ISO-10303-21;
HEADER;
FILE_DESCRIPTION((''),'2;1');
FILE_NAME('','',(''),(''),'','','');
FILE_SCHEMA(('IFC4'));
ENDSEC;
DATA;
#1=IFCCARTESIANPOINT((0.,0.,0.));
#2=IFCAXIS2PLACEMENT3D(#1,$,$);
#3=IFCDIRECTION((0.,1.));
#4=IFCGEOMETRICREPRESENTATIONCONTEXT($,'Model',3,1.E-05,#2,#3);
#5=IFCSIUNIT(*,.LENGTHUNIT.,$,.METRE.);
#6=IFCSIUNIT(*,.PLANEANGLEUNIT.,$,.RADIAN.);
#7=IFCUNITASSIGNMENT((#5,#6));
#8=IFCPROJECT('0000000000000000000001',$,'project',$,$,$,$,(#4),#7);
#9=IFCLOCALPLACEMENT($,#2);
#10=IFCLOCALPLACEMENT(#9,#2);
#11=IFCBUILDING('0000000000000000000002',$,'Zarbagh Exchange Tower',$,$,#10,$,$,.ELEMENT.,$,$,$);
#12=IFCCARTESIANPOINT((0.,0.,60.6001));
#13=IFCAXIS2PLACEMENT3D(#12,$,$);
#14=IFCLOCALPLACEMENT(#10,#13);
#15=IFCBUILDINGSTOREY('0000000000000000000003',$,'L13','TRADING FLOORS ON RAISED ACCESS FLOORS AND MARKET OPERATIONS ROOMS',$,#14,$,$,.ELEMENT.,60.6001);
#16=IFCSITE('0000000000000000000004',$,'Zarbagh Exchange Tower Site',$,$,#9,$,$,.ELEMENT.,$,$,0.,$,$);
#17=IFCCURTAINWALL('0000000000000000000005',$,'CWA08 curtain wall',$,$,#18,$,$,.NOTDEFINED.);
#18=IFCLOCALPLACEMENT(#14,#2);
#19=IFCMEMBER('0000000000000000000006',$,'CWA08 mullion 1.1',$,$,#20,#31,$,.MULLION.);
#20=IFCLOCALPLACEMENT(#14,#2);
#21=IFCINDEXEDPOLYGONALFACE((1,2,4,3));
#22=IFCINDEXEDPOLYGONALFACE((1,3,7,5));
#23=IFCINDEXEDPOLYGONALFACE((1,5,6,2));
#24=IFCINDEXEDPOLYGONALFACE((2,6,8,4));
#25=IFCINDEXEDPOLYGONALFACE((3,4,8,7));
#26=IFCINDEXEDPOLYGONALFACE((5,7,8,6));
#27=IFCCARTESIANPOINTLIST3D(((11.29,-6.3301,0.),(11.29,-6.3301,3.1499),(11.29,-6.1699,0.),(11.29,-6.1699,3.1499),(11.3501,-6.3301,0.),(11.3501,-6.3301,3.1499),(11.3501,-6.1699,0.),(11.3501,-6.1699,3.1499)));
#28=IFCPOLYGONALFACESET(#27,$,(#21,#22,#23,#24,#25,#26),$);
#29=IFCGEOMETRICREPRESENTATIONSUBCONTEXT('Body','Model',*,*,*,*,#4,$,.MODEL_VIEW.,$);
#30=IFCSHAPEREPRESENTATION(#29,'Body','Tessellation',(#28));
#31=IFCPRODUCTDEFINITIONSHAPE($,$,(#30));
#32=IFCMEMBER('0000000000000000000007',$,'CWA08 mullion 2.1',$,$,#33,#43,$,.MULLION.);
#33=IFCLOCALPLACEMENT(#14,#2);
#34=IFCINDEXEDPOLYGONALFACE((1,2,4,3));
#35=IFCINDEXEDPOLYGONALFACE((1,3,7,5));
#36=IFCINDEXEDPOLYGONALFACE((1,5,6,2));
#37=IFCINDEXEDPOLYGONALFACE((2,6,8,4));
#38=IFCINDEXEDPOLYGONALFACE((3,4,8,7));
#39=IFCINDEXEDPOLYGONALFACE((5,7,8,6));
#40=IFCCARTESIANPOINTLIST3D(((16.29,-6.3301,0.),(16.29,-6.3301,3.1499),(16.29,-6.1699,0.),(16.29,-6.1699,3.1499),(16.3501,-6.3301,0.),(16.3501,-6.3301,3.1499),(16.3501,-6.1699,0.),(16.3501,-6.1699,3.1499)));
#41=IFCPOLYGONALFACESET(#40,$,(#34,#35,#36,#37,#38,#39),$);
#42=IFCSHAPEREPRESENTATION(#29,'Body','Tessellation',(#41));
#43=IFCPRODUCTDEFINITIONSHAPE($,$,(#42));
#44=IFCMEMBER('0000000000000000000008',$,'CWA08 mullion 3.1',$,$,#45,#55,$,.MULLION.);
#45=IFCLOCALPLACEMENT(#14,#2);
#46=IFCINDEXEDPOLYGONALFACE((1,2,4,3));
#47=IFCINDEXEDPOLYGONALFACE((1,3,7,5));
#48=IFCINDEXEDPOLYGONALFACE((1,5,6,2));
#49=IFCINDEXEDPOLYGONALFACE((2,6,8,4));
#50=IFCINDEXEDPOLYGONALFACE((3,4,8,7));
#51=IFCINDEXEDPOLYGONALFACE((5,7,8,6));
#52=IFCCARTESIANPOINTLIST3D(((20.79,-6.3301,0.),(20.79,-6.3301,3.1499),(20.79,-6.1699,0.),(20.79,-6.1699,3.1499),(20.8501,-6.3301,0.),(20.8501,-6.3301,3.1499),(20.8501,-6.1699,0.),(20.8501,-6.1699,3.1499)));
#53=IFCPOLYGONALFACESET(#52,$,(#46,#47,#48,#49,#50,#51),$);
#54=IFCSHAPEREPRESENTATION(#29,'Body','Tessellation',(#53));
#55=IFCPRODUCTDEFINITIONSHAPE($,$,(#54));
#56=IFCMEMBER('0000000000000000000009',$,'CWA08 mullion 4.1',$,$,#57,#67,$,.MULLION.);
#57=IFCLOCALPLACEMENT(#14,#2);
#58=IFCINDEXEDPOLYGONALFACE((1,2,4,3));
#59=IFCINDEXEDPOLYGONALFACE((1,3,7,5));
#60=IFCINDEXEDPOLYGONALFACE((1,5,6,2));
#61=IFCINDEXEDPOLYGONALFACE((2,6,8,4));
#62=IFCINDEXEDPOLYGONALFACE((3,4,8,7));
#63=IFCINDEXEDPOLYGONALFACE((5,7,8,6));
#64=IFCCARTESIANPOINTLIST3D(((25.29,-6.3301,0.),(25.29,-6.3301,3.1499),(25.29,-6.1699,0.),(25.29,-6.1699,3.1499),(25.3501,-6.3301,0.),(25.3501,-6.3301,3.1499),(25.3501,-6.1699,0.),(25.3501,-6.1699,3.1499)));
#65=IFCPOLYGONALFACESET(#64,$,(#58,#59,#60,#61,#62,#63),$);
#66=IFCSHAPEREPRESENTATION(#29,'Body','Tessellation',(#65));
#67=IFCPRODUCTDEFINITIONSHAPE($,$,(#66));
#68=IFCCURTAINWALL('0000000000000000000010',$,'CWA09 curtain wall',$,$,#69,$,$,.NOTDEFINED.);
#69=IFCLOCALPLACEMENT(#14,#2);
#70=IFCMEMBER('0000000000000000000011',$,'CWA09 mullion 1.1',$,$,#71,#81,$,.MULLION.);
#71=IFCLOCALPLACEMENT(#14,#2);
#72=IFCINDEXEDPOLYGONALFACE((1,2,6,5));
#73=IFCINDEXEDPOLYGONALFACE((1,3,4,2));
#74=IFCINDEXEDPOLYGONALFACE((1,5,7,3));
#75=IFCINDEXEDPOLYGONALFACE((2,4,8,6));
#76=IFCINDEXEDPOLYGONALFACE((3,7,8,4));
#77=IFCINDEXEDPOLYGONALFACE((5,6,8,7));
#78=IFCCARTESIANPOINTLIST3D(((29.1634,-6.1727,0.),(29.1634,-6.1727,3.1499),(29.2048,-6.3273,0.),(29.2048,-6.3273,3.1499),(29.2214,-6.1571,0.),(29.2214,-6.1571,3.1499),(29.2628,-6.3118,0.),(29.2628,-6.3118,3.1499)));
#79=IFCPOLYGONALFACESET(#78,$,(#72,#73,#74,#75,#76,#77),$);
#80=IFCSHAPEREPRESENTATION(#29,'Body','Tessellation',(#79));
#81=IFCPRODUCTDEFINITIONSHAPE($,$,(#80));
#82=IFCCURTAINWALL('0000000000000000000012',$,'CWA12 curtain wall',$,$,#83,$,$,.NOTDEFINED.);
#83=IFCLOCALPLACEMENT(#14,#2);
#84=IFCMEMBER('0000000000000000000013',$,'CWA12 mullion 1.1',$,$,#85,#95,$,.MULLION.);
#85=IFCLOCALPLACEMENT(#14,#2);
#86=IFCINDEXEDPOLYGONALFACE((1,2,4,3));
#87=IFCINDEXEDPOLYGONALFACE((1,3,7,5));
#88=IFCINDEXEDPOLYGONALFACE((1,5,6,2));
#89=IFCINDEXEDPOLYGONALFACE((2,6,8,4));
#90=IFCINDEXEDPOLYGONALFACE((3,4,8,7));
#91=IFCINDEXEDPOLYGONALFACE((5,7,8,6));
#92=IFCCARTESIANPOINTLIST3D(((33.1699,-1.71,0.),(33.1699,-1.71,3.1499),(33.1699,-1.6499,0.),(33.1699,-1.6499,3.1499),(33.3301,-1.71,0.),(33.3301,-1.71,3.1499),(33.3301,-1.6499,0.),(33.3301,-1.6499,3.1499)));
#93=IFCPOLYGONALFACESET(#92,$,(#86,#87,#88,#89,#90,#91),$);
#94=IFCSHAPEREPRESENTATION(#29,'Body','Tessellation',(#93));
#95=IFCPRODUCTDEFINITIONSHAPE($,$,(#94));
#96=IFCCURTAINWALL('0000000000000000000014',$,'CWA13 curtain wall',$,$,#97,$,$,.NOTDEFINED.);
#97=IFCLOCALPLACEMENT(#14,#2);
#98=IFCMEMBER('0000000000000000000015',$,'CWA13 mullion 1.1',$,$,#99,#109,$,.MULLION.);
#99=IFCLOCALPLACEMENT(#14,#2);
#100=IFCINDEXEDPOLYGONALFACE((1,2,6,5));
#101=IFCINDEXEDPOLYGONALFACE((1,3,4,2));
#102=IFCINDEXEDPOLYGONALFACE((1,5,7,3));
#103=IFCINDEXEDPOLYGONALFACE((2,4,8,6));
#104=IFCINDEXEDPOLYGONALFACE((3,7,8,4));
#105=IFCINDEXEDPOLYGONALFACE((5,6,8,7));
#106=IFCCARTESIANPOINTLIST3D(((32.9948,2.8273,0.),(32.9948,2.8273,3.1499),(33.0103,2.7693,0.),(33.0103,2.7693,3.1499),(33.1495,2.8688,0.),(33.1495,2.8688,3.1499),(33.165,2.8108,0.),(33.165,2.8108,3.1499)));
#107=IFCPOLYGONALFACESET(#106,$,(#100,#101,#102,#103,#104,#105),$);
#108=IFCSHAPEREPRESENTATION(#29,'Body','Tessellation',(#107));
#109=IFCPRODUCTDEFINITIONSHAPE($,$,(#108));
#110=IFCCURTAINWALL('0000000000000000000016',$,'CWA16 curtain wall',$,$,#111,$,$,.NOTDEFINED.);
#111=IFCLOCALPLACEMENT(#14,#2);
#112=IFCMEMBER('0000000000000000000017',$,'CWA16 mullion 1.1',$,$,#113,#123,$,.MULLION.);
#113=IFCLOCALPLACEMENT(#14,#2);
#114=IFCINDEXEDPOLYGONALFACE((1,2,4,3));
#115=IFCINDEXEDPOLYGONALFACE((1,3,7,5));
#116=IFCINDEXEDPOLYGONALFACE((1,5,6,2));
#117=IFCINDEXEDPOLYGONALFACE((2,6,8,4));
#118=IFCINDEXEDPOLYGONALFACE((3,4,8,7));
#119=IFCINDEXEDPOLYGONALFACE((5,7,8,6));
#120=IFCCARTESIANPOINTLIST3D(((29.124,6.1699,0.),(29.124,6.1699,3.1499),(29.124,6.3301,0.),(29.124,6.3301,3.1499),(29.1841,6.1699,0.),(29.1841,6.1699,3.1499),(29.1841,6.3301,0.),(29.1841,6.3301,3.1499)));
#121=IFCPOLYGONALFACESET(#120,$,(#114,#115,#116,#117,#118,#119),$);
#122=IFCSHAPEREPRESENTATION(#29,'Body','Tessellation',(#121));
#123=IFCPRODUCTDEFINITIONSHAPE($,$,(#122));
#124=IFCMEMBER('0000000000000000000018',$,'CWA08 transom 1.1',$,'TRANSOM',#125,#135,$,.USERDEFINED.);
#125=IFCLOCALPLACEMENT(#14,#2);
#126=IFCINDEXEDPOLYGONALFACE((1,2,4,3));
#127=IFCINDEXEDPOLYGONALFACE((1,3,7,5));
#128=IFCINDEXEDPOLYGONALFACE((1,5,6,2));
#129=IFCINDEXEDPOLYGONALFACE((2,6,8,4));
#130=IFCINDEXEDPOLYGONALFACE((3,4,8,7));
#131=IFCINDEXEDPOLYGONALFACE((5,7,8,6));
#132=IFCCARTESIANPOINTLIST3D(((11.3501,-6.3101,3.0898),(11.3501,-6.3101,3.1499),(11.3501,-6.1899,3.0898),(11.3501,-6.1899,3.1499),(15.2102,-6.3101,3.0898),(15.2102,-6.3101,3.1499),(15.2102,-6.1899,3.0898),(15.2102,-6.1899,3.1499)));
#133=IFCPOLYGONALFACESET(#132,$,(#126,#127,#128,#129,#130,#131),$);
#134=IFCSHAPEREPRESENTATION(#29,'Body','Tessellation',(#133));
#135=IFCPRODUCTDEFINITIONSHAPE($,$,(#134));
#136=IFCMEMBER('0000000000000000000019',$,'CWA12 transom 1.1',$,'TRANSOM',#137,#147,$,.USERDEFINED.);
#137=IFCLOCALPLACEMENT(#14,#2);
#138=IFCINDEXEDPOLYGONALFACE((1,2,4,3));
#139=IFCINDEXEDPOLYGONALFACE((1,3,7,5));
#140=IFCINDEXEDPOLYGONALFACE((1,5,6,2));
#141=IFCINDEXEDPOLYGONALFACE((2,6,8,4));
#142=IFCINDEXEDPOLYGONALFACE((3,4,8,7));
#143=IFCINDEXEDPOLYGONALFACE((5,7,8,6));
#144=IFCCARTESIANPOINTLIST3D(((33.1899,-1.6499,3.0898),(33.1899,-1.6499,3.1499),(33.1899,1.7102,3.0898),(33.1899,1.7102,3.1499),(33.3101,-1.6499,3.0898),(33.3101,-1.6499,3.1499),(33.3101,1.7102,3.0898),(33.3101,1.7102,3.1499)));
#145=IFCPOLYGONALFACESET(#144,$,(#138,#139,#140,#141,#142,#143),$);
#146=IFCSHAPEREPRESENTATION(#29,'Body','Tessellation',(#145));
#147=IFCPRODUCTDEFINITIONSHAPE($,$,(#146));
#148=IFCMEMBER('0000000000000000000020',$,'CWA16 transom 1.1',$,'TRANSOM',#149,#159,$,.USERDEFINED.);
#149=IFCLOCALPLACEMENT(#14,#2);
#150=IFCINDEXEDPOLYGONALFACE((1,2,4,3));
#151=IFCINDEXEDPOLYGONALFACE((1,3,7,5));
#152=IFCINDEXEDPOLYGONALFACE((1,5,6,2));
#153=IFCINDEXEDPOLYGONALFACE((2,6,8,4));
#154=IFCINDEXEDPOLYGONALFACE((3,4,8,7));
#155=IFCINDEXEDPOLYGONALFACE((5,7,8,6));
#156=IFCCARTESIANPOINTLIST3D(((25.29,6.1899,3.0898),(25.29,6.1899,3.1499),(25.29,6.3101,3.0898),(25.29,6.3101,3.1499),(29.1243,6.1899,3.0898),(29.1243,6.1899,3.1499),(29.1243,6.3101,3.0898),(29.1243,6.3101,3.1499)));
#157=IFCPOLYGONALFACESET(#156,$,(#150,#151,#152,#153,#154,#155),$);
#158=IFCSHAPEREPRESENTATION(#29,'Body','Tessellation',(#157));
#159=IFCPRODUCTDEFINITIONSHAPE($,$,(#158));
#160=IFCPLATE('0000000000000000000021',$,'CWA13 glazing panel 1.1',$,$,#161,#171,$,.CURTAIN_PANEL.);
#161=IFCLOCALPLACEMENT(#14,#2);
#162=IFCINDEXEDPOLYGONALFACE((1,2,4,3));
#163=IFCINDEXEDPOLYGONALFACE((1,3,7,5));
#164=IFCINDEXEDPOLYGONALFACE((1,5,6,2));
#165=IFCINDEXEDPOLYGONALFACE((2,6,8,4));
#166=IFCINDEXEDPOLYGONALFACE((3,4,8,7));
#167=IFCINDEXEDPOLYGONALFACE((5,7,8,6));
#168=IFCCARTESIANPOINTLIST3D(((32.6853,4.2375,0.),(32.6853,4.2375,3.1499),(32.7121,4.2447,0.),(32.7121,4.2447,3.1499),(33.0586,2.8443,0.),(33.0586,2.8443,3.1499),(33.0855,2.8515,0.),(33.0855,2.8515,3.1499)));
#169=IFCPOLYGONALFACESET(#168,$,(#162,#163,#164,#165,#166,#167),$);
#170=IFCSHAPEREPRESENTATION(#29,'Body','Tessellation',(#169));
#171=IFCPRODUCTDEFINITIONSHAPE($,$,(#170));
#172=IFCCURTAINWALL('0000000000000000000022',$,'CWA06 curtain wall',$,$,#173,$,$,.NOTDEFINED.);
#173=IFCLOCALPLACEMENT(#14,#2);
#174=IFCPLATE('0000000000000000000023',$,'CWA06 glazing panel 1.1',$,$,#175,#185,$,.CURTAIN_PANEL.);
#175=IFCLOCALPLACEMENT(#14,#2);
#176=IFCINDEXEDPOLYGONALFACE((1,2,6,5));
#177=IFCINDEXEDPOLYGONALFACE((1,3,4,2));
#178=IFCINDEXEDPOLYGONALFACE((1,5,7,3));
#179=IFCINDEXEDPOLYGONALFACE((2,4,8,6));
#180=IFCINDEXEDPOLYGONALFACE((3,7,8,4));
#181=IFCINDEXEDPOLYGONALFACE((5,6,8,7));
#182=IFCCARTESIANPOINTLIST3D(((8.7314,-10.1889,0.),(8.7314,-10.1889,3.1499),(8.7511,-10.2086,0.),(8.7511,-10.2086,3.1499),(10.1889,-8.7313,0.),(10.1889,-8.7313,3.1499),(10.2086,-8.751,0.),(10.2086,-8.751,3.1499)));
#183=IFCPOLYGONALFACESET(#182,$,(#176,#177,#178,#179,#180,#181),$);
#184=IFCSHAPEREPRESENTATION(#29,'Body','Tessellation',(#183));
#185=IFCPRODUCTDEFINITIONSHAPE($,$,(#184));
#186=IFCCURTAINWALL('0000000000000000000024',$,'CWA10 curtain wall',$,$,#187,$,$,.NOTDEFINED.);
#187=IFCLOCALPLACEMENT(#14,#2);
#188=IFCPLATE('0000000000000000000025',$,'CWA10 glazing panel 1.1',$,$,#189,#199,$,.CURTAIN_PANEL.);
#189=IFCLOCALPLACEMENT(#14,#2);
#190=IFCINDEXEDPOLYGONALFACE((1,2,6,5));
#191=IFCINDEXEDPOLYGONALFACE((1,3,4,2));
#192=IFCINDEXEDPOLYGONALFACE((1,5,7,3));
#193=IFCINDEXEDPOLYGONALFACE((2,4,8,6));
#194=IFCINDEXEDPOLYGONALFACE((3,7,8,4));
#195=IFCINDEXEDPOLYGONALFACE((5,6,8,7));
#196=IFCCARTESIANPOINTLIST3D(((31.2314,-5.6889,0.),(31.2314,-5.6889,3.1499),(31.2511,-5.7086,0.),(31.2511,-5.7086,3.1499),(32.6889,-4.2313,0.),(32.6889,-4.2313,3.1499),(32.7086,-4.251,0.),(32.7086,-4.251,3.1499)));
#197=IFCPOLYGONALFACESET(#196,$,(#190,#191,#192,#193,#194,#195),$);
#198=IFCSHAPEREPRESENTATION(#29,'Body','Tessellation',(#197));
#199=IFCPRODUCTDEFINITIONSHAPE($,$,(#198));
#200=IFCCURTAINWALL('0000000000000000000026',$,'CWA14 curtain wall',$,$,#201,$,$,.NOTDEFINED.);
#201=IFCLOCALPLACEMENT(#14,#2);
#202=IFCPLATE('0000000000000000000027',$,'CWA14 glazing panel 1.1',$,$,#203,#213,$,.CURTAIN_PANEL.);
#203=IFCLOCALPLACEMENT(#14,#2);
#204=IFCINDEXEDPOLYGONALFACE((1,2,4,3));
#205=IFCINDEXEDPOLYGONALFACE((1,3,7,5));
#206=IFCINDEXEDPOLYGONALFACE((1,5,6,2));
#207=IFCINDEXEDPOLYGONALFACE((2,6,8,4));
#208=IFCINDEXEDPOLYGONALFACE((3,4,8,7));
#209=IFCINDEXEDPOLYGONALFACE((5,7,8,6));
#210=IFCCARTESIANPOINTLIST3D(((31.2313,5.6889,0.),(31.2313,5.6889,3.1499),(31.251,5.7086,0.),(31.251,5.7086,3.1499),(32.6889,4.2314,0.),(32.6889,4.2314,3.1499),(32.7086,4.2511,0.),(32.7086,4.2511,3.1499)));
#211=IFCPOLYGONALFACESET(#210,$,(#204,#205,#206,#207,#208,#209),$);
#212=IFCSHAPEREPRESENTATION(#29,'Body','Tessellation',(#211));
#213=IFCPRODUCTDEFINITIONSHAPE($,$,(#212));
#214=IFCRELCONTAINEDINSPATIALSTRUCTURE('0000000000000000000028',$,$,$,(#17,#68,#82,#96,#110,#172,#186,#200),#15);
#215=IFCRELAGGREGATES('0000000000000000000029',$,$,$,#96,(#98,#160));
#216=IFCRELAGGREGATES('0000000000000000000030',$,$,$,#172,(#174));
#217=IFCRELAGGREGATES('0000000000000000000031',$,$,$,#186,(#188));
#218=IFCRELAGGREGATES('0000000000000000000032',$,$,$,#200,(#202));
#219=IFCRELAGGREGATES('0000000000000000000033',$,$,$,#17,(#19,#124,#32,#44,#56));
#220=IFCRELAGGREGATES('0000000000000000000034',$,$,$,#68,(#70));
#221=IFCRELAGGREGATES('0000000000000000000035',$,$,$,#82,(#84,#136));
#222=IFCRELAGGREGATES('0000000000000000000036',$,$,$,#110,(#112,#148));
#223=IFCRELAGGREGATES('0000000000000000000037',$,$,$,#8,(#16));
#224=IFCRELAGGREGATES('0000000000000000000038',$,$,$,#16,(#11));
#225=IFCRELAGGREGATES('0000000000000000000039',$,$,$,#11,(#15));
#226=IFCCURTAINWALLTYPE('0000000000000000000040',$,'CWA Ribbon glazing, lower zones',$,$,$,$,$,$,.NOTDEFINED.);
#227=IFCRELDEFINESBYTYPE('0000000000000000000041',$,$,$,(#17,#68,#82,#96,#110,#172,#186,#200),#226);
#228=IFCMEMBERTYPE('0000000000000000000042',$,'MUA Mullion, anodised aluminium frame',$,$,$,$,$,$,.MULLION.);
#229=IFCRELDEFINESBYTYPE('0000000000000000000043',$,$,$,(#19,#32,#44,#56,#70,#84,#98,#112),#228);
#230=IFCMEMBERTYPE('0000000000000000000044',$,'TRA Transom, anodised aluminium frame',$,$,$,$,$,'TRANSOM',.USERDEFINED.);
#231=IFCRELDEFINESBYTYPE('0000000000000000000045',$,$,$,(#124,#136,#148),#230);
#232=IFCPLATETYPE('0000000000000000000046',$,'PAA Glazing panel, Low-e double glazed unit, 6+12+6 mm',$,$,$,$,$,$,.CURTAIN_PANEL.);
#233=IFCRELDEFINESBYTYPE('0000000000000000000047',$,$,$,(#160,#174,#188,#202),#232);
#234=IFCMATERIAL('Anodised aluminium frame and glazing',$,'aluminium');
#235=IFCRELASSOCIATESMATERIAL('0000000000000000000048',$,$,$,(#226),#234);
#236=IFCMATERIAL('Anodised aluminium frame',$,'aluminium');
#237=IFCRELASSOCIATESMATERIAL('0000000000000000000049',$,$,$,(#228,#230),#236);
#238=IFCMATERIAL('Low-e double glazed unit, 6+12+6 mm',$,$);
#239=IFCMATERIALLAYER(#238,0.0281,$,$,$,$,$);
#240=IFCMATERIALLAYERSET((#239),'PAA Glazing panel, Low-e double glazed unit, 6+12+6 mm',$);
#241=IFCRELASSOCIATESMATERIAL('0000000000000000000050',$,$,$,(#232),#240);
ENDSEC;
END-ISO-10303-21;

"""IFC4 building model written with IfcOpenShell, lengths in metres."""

from ifc_helpers import new_model, si_unit, direction, frame, origin, place, context, subcontext, project, spatial, polyline, outline, extrude, source, transform, mapped, material, layer, layer_set, type_object, element, aggregate, save


model = new_model("IFC4")

# Units and contexts
model_context = context("Model", 3, precision=1e-05, world=origin(), true_north=direction((0.0, 1.0)))
body_context = subcontext(model_context, "Body", "Model", "MODEL_VIEW")
ifc_project = project(units=[si_unit("LENGTHUNIT", "METRE"), si_unit("PLANEANGLEUNIT", "RADIAN")], contexts=[model_context])

# Site, building, storey
site_placement = place(None, origin())
site = spatial("IfcSite", under=ifc_project, at=site_placement, Name="Zarbagh Exchange Tower Site", CompositionType="ELEMENT", RefElevation=0.0)
building_placement = place(site_placement, origin())
building = spatial("IfcBuilding", under=site, at=building_placement, Name="Zarbagh Exchange Tower", CompositionType="ELEMENT")
storey_placement = place(building_placement, frame((0.0, 0.0, 60.6001)))
storey = spatial("IfcBuildingStorey", under=building, at=storey_placement, Name="L13", Description="TRADING FLOORS ON RAISED ACCESS FLOORS AND MARKET OPERATIONS ROOMS", CompositionType="ELEMENT", Elevation=60.6001)

# Curtain wall, members
ifc_material_1 = material(Name="Anodised aluminium frame and glazing", Category="aluminium")
curtain_wall_type = type_object("IfcCurtainWallType", Name="CWA Ribbon glazing, lower zones", PredefinedType="NOTDEFINED", material=ifc_material_1)
curtain_wall_1_placement = place(storey_placement, origin())
curtain_wall_1 = element("IfcCurtainWall", 1, at=curtain_wall_1_placement, inside=storey, type_object=curtain_wall_type, Name="CWA08 curtain wall", PredefinedType="NOTDEFINED")
ifc_material_2 = material(Name="Anodised aluminium frame", Category="aluminium")
member_type_1 = type_object("IfcMemberType", Name="MUA Mullion, anodised aluminium frame", PredefinedType="MULLION", material=ifc_material_2)
shared_shape_1 = source(origin(), body_context, "Body", "SweptSolid", [
    extrude(outline(polyline([(0.0, -0.0801), (0.0601, -0.0801), (0.0601, 0.0801), (0.0, 0.0801), (0.0, -0.0801)])), origin(), (0.0, 0.0, 1.0), 3.1499),
])
placement = place(storey_placement, origin())
member_1 = element("IfcMember", 2, at=placement, type_object=member_type_1, Name="CWA08 mullion 1.1", PredefinedType="MULLION", context=body_context, shape_type="MappedRepresentation", body=[
    mapped(shared_shape_1, transform((11.29, -6.25, 0.0), x_axis=(1.0, 0.0, 0.0), y_axis=(0.0, 1.0, 0.0), z_axis=(0.0, 0.0, 1.0))),
])
member_2 = element("IfcMember", 3, at=placement, type_object=member_type_1, Name="CWA08 mullion 2.1", PredefinedType="MULLION", context=body_context, shape_type="MappedRepresentation", body=[
    mapped(shared_shape_1, transform((16.29, -6.25, 0.0), x_axis=(1.0, 0.0, 0.0), y_axis=(0.0, 1.0, 0.0), z_axis=(0.0, 0.0, 1.0))),
])
member_3 = element("IfcMember", 4, at=placement, type_object=member_type_1, Name="CWA08 mullion 3.1", PredefinedType="MULLION", context=body_context, shape_type="MappedRepresentation", body=[
    mapped(shared_shape_1, transform((20.79, -6.25, 0.0), x_axis=(1.0, 0.0, 0.0), y_axis=(0.0, 1.0, 0.0), z_axis=(0.0, 0.0, 1.0))),
])
member_4 = element("IfcMember", 5, at=placement, type_object=member_type_1, Name="CWA08 mullion 4.1", PredefinedType="MULLION", context=body_context, shape_type="MappedRepresentation", body=[
    mapped(shared_shape_1, transform((25.29, -6.25, 0.0), x_axis=(1.0, 0.0, 0.0), y_axis=(0.0, 1.0, 0.0), z_axis=(0.0, 0.0, 1.0))),
])

# Curtain walls, members
curtain_wall_2_placement = place(storey_placement, origin())
curtain_wall_2 = element("IfcCurtainWall", 6, at=curtain_wall_2_placement, inside=storey, type_object=curtain_wall_type, Name="CWA09 curtain wall", PredefinedType="NOTDEFINED")
member_5 = element("IfcMember", 7, at=placement, type_object=member_type_1, Name="CWA09 mullion 1.1", PredefinedType="MULLION", context=body_context, shape_type="MappedRepresentation", body=[
    mapped(shared_shape_1, transform((29.1841, -6.25, 0.0), x_axis=(0.965924, 0.258825, 0.0), y_axis=(-0.258825, 0.965924, 0.0), z_axis=(0.0, 0.0, 1.0))),
])
curtain_wall_3_placement = place(storey_placement, origin())
curtain_wall_3 = element("IfcCurtainWall", 8, at=curtain_wall_3_placement, inside=storey, type_object=curtain_wall_type, Name="CWA12 curtain wall", PredefinedType="NOTDEFINED")
member_6 = element("IfcMember", 9, at=placement, type_object=member_type_1, Name="CWA12 mullion 1.1", PredefinedType="MULLION", context=body_context, shape_type="MappedRepresentation", body=[
    mapped(shared_shape_1, transform((33.25, -1.71, 0.0), x_axis=(0.0, 1.0, 0.0), y_axis=(-1.0, 0.0, 0.0), z_axis=(0.0, 0.0, 1.0))),
])
curtain_wall_4_placement = place(storey_placement, origin())
curtain_wall_4 = element("IfcCurtainWall", 10, at=curtain_wall_4_placement, inside=storey, type_object=curtain_wall_type, Name="CWA13 curtain wall", PredefinedType="NOTDEFINED")
member_7 = element("IfcMember", 11, at=placement, type_object=member_type_1, Name="CWA13 mullion 1.1", PredefinedType="MULLION", context=body_context, shape_type="MappedRepresentation", body=[
    mapped(shared_shape_1, transform((33.0876, 2.79, 0.0), x_axis=(-0.258825, 0.965924, 0.0), y_axis=(-0.965924, -0.258825, 0.0), z_axis=(0.0, 0.0, 1.0))),
])
curtain_wall_5_placement = place(storey_placement, origin())
curtain_wall_5 = element("IfcCurtainWall", 12, at=curtain_wall_5_placement, inside=storey, type_object=curtain_wall_type, Name="CWA16 curtain wall", PredefinedType="NOTDEFINED")
member_8 = element("IfcMember", 13, at=placement, type_object=member_type_1, Name="CWA16 mullion 1.1", PredefinedType="MULLION", context=body_context, shape_type="MappedRepresentation", body=[
    mapped(shared_shape_1, transform((29.1841, 6.25, 0.0), x_axis=(-1.0, 0.0, 0.0), y_axis=(0.0, -1.0, 0.0), z_axis=(0.0, 0.0, 1.0))),
])

# Members
member_type_2 = type_object("IfcMemberType", Name="TRA Transom, anodised aluminium frame", ElementType="TRANSOM", PredefinedType="USERDEFINED", material=ifc_material_2)
shared_shape_2 = source(origin(), body_context, "Body", "SweptSolid", [
    extrude(outline(polyline([(-0.0601, -0.0601), (0.0, -0.0601), (0.0, 0.0601), (-0.0601, 0.0601), (-0.0601, -0.0601)])), origin(), (0.0, 0.0, 1.0), 3.8601),
])
member_9 = element("IfcMember", 14, at=placement, type_object=member_type_2, Name="CWA08 transom 1.1", ObjectType="TRANSOM", PredefinedType="USERDEFINED", context=body_context, shape_type="MappedRepresentation", body=[
    mapped(shared_shape_2, transform((11.3501, -6.25, 3.1499), x_axis=(0.0, 0.0, 1.0), y_axis=(0.0, -1.0, 0.0), z_axis=(1.0, 0.0, 0.0))),
])
shared_shape_3 = source(origin(), body_context, "Body", "SweptSolid", [
    extrude(outline(polyline([(-0.0601, -0.0601), (0.0, -0.0601), (0.0, 0.0601), (-0.0601, 0.0601), (-0.0601, -0.0601)])), origin(), (0.0, 0.0, 1.0), 3.3601),
])
member_10 = element("IfcMember", 15, at=placement, type_object=member_type_2, Name="CWA12 transom 1.1", ObjectType="TRANSOM", PredefinedType="USERDEFINED", context=body_context, shape_type="MappedRepresentation", body=[
    mapped(shared_shape_3, transform((33.25, -1.6499, 3.1499), x_axis=(0.0, 0.0, 1.0), y_axis=(1.0, 0.0, 0.0), z_axis=(0.0, 1.0, 0.0))),
])
shared_shape_4 = source(origin(), body_context, "Body", "SweptSolid", [
    extrude(outline(polyline([(-0.0601, -0.0601), (0.0, -0.0601), (0.0, 0.0601), (-0.0601, 0.0601), (-0.0601, -0.0601)])), origin(), (0.0, 0.0, 1.0), 3.8342),
])
member_11 = element("IfcMember", 16, at=placement, type_object=member_type_2, Name="CWA16 transom 1.1", ObjectType="TRANSOM", PredefinedType="USERDEFINED", context=body_context, shape_type="MappedRepresentation", body=[
    mapped(shared_shape_4, transform((29.1243, 6.25, 3.1499), x_axis=(0.0, 0.0, 1.0), y_axis=(0.0, 1.0, 0.0), z_axis=(-1.0, 0.0, 0.0))),
])

# Plate
ifc_material_3 = material(Name="Low-e double glazed unit, 6+12+6 mm")
ifc_layer = layer(ifc_material_3, 0.0281)
ifc_layer_set = layer_set([ifc_layer], Name="PAA Glazing panel, Low-e double glazed unit, 6+12+6 mm")
plate_type = type_object("IfcPlateType", Name="PAA Glazing panel, Low-e double glazed unit, 6+12+6 mm", PredefinedType="CURTAIN_PANEL", material=ifc_layer_set)
shared_shape_5 = source(origin(), body_context, "Body", "SweptSolid", [
    extrude(outline(polyline([(0.0, -0.0139), (1.4424, -0.0139), (1.4424, 0.0139), (0.0, 0.0139), (0.0, -0.0139)])), origin(), (0.0, 0.0, 1.0), 3.1499),
])
plate_1 = element("IfcPlate", 17, at=placement, type_object=plate_type, Name="CWA13 glazing panel 1.1", PredefinedType="CURTAIN_PANEL", context=body_context, shape_type="MappedRepresentation", body=[
    mapped(shared_shape_5, transform((33.072, 2.8479, 0.0), x_axis=(-0.258825, 0.965924, 0.0), y_axis=(-0.965924, -0.258825, 0.0), z_axis=(0.0, 0.0, 1.0))),
])
aggregate(curtain_wall_4, [member_7, plate_1])

# Curtain walls, plates
curtain_wall_6_placement = place(storey_placement, origin())
curtain_wall_6 = element("IfcCurtainWall", 18, at=curtain_wall_6_placement, inside=storey, type_object=curtain_wall_type, Name="CWA06 curtain wall", PredefinedType="NOTDEFINED")
shared_shape_6 = source(origin(), body_context, "Body", "SweptSolid", [
    extrude(outline(polyline([(0.0, -0.0139), (2.0613, -0.0139), (2.0613, 0.0139), (0.0, 0.0139), (0.0, -0.0139)])), origin(), (0.0, 0.0, 1.0), 3.1499),
])
plate_2 = element("IfcPlate", 19, at=placement, type_object=plate_type, Name="CWA06 glazing panel 1.1", PredefinedType="CURTAIN_PANEL", context=body_context, shape_type="MappedRepresentation", body=[
    mapped(shared_shape_6, transform((8.7412, -10.1987, 0.0), x_axis=(0.707107, 0.707107, 0.0), y_axis=(-0.707107, 0.707107, 0.0), z_axis=(0.0, 0.0, 1.0))),
])
aggregate(curtain_wall_6, [plate_2])
curtain_wall_7_placement = place(storey_placement, origin())
curtain_wall_7 = element("IfcCurtainWall", 20, at=curtain_wall_7_placement, inside=storey, type_object=curtain_wall_type, Name="CWA10 curtain wall", PredefinedType="NOTDEFINED")
plate_3 = element("IfcPlate", 21, at=placement, type_object=plate_type, Name="CWA10 glazing panel 1.1", PredefinedType="CURTAIN_PANEL", context=body_context, shape_type="MappedRepresentation", body=[
    mapped(shared_shape_6, transform((31.2412, -5.6987, 0.0), x_axis=(0.707107, 0.707107, 0.0), y_axis=(-0.707107, 0.707107, 0.0), z_axis=(0.0, 0.0, 1.0))),
])
aggregate(curtain_wall_7, [plate_3])
curtain_wall_8_placement = place(storey_placement, origin())
curtain_wall_8 = element("IfcCurtainWall", 22, at=curtain_wall_8_placement, inside=storey, type_object=curtain_wall_type, Name="CWA14 curtain wall", PredefinedType="NOTDEFINED")
plate_4 = element("IfcPlate", 23, at=placement, type_object=plate_type, Name="CWA14 glazing panel 1.1", PredefinedType="CURTAIN_PANEL", context=body_context, shape_type="MappedRepresentation", body=[
    mapped(shared_shape_6, transform((32.6987, 4.2412, 0.0), x_axis=(-0.707107, 0.707107, 0.0), y_axis=(-0.707107, -0.707107, 0.0), z_axis=(0.0, 0.0, 1.0))),
])
aggregate(curtain_wall_8, [plate_4])

aggregate(curtain_wall_1, [member_1, member_9, member_2, member_3, member_4])
aggregate(curtain_wall_2, [member_5])

aggregate(curtain_wall_3, [member_6, member_10])
aggregate(curtain_wall_5, [member_8, member_11])

save(model, "model.ifc")
